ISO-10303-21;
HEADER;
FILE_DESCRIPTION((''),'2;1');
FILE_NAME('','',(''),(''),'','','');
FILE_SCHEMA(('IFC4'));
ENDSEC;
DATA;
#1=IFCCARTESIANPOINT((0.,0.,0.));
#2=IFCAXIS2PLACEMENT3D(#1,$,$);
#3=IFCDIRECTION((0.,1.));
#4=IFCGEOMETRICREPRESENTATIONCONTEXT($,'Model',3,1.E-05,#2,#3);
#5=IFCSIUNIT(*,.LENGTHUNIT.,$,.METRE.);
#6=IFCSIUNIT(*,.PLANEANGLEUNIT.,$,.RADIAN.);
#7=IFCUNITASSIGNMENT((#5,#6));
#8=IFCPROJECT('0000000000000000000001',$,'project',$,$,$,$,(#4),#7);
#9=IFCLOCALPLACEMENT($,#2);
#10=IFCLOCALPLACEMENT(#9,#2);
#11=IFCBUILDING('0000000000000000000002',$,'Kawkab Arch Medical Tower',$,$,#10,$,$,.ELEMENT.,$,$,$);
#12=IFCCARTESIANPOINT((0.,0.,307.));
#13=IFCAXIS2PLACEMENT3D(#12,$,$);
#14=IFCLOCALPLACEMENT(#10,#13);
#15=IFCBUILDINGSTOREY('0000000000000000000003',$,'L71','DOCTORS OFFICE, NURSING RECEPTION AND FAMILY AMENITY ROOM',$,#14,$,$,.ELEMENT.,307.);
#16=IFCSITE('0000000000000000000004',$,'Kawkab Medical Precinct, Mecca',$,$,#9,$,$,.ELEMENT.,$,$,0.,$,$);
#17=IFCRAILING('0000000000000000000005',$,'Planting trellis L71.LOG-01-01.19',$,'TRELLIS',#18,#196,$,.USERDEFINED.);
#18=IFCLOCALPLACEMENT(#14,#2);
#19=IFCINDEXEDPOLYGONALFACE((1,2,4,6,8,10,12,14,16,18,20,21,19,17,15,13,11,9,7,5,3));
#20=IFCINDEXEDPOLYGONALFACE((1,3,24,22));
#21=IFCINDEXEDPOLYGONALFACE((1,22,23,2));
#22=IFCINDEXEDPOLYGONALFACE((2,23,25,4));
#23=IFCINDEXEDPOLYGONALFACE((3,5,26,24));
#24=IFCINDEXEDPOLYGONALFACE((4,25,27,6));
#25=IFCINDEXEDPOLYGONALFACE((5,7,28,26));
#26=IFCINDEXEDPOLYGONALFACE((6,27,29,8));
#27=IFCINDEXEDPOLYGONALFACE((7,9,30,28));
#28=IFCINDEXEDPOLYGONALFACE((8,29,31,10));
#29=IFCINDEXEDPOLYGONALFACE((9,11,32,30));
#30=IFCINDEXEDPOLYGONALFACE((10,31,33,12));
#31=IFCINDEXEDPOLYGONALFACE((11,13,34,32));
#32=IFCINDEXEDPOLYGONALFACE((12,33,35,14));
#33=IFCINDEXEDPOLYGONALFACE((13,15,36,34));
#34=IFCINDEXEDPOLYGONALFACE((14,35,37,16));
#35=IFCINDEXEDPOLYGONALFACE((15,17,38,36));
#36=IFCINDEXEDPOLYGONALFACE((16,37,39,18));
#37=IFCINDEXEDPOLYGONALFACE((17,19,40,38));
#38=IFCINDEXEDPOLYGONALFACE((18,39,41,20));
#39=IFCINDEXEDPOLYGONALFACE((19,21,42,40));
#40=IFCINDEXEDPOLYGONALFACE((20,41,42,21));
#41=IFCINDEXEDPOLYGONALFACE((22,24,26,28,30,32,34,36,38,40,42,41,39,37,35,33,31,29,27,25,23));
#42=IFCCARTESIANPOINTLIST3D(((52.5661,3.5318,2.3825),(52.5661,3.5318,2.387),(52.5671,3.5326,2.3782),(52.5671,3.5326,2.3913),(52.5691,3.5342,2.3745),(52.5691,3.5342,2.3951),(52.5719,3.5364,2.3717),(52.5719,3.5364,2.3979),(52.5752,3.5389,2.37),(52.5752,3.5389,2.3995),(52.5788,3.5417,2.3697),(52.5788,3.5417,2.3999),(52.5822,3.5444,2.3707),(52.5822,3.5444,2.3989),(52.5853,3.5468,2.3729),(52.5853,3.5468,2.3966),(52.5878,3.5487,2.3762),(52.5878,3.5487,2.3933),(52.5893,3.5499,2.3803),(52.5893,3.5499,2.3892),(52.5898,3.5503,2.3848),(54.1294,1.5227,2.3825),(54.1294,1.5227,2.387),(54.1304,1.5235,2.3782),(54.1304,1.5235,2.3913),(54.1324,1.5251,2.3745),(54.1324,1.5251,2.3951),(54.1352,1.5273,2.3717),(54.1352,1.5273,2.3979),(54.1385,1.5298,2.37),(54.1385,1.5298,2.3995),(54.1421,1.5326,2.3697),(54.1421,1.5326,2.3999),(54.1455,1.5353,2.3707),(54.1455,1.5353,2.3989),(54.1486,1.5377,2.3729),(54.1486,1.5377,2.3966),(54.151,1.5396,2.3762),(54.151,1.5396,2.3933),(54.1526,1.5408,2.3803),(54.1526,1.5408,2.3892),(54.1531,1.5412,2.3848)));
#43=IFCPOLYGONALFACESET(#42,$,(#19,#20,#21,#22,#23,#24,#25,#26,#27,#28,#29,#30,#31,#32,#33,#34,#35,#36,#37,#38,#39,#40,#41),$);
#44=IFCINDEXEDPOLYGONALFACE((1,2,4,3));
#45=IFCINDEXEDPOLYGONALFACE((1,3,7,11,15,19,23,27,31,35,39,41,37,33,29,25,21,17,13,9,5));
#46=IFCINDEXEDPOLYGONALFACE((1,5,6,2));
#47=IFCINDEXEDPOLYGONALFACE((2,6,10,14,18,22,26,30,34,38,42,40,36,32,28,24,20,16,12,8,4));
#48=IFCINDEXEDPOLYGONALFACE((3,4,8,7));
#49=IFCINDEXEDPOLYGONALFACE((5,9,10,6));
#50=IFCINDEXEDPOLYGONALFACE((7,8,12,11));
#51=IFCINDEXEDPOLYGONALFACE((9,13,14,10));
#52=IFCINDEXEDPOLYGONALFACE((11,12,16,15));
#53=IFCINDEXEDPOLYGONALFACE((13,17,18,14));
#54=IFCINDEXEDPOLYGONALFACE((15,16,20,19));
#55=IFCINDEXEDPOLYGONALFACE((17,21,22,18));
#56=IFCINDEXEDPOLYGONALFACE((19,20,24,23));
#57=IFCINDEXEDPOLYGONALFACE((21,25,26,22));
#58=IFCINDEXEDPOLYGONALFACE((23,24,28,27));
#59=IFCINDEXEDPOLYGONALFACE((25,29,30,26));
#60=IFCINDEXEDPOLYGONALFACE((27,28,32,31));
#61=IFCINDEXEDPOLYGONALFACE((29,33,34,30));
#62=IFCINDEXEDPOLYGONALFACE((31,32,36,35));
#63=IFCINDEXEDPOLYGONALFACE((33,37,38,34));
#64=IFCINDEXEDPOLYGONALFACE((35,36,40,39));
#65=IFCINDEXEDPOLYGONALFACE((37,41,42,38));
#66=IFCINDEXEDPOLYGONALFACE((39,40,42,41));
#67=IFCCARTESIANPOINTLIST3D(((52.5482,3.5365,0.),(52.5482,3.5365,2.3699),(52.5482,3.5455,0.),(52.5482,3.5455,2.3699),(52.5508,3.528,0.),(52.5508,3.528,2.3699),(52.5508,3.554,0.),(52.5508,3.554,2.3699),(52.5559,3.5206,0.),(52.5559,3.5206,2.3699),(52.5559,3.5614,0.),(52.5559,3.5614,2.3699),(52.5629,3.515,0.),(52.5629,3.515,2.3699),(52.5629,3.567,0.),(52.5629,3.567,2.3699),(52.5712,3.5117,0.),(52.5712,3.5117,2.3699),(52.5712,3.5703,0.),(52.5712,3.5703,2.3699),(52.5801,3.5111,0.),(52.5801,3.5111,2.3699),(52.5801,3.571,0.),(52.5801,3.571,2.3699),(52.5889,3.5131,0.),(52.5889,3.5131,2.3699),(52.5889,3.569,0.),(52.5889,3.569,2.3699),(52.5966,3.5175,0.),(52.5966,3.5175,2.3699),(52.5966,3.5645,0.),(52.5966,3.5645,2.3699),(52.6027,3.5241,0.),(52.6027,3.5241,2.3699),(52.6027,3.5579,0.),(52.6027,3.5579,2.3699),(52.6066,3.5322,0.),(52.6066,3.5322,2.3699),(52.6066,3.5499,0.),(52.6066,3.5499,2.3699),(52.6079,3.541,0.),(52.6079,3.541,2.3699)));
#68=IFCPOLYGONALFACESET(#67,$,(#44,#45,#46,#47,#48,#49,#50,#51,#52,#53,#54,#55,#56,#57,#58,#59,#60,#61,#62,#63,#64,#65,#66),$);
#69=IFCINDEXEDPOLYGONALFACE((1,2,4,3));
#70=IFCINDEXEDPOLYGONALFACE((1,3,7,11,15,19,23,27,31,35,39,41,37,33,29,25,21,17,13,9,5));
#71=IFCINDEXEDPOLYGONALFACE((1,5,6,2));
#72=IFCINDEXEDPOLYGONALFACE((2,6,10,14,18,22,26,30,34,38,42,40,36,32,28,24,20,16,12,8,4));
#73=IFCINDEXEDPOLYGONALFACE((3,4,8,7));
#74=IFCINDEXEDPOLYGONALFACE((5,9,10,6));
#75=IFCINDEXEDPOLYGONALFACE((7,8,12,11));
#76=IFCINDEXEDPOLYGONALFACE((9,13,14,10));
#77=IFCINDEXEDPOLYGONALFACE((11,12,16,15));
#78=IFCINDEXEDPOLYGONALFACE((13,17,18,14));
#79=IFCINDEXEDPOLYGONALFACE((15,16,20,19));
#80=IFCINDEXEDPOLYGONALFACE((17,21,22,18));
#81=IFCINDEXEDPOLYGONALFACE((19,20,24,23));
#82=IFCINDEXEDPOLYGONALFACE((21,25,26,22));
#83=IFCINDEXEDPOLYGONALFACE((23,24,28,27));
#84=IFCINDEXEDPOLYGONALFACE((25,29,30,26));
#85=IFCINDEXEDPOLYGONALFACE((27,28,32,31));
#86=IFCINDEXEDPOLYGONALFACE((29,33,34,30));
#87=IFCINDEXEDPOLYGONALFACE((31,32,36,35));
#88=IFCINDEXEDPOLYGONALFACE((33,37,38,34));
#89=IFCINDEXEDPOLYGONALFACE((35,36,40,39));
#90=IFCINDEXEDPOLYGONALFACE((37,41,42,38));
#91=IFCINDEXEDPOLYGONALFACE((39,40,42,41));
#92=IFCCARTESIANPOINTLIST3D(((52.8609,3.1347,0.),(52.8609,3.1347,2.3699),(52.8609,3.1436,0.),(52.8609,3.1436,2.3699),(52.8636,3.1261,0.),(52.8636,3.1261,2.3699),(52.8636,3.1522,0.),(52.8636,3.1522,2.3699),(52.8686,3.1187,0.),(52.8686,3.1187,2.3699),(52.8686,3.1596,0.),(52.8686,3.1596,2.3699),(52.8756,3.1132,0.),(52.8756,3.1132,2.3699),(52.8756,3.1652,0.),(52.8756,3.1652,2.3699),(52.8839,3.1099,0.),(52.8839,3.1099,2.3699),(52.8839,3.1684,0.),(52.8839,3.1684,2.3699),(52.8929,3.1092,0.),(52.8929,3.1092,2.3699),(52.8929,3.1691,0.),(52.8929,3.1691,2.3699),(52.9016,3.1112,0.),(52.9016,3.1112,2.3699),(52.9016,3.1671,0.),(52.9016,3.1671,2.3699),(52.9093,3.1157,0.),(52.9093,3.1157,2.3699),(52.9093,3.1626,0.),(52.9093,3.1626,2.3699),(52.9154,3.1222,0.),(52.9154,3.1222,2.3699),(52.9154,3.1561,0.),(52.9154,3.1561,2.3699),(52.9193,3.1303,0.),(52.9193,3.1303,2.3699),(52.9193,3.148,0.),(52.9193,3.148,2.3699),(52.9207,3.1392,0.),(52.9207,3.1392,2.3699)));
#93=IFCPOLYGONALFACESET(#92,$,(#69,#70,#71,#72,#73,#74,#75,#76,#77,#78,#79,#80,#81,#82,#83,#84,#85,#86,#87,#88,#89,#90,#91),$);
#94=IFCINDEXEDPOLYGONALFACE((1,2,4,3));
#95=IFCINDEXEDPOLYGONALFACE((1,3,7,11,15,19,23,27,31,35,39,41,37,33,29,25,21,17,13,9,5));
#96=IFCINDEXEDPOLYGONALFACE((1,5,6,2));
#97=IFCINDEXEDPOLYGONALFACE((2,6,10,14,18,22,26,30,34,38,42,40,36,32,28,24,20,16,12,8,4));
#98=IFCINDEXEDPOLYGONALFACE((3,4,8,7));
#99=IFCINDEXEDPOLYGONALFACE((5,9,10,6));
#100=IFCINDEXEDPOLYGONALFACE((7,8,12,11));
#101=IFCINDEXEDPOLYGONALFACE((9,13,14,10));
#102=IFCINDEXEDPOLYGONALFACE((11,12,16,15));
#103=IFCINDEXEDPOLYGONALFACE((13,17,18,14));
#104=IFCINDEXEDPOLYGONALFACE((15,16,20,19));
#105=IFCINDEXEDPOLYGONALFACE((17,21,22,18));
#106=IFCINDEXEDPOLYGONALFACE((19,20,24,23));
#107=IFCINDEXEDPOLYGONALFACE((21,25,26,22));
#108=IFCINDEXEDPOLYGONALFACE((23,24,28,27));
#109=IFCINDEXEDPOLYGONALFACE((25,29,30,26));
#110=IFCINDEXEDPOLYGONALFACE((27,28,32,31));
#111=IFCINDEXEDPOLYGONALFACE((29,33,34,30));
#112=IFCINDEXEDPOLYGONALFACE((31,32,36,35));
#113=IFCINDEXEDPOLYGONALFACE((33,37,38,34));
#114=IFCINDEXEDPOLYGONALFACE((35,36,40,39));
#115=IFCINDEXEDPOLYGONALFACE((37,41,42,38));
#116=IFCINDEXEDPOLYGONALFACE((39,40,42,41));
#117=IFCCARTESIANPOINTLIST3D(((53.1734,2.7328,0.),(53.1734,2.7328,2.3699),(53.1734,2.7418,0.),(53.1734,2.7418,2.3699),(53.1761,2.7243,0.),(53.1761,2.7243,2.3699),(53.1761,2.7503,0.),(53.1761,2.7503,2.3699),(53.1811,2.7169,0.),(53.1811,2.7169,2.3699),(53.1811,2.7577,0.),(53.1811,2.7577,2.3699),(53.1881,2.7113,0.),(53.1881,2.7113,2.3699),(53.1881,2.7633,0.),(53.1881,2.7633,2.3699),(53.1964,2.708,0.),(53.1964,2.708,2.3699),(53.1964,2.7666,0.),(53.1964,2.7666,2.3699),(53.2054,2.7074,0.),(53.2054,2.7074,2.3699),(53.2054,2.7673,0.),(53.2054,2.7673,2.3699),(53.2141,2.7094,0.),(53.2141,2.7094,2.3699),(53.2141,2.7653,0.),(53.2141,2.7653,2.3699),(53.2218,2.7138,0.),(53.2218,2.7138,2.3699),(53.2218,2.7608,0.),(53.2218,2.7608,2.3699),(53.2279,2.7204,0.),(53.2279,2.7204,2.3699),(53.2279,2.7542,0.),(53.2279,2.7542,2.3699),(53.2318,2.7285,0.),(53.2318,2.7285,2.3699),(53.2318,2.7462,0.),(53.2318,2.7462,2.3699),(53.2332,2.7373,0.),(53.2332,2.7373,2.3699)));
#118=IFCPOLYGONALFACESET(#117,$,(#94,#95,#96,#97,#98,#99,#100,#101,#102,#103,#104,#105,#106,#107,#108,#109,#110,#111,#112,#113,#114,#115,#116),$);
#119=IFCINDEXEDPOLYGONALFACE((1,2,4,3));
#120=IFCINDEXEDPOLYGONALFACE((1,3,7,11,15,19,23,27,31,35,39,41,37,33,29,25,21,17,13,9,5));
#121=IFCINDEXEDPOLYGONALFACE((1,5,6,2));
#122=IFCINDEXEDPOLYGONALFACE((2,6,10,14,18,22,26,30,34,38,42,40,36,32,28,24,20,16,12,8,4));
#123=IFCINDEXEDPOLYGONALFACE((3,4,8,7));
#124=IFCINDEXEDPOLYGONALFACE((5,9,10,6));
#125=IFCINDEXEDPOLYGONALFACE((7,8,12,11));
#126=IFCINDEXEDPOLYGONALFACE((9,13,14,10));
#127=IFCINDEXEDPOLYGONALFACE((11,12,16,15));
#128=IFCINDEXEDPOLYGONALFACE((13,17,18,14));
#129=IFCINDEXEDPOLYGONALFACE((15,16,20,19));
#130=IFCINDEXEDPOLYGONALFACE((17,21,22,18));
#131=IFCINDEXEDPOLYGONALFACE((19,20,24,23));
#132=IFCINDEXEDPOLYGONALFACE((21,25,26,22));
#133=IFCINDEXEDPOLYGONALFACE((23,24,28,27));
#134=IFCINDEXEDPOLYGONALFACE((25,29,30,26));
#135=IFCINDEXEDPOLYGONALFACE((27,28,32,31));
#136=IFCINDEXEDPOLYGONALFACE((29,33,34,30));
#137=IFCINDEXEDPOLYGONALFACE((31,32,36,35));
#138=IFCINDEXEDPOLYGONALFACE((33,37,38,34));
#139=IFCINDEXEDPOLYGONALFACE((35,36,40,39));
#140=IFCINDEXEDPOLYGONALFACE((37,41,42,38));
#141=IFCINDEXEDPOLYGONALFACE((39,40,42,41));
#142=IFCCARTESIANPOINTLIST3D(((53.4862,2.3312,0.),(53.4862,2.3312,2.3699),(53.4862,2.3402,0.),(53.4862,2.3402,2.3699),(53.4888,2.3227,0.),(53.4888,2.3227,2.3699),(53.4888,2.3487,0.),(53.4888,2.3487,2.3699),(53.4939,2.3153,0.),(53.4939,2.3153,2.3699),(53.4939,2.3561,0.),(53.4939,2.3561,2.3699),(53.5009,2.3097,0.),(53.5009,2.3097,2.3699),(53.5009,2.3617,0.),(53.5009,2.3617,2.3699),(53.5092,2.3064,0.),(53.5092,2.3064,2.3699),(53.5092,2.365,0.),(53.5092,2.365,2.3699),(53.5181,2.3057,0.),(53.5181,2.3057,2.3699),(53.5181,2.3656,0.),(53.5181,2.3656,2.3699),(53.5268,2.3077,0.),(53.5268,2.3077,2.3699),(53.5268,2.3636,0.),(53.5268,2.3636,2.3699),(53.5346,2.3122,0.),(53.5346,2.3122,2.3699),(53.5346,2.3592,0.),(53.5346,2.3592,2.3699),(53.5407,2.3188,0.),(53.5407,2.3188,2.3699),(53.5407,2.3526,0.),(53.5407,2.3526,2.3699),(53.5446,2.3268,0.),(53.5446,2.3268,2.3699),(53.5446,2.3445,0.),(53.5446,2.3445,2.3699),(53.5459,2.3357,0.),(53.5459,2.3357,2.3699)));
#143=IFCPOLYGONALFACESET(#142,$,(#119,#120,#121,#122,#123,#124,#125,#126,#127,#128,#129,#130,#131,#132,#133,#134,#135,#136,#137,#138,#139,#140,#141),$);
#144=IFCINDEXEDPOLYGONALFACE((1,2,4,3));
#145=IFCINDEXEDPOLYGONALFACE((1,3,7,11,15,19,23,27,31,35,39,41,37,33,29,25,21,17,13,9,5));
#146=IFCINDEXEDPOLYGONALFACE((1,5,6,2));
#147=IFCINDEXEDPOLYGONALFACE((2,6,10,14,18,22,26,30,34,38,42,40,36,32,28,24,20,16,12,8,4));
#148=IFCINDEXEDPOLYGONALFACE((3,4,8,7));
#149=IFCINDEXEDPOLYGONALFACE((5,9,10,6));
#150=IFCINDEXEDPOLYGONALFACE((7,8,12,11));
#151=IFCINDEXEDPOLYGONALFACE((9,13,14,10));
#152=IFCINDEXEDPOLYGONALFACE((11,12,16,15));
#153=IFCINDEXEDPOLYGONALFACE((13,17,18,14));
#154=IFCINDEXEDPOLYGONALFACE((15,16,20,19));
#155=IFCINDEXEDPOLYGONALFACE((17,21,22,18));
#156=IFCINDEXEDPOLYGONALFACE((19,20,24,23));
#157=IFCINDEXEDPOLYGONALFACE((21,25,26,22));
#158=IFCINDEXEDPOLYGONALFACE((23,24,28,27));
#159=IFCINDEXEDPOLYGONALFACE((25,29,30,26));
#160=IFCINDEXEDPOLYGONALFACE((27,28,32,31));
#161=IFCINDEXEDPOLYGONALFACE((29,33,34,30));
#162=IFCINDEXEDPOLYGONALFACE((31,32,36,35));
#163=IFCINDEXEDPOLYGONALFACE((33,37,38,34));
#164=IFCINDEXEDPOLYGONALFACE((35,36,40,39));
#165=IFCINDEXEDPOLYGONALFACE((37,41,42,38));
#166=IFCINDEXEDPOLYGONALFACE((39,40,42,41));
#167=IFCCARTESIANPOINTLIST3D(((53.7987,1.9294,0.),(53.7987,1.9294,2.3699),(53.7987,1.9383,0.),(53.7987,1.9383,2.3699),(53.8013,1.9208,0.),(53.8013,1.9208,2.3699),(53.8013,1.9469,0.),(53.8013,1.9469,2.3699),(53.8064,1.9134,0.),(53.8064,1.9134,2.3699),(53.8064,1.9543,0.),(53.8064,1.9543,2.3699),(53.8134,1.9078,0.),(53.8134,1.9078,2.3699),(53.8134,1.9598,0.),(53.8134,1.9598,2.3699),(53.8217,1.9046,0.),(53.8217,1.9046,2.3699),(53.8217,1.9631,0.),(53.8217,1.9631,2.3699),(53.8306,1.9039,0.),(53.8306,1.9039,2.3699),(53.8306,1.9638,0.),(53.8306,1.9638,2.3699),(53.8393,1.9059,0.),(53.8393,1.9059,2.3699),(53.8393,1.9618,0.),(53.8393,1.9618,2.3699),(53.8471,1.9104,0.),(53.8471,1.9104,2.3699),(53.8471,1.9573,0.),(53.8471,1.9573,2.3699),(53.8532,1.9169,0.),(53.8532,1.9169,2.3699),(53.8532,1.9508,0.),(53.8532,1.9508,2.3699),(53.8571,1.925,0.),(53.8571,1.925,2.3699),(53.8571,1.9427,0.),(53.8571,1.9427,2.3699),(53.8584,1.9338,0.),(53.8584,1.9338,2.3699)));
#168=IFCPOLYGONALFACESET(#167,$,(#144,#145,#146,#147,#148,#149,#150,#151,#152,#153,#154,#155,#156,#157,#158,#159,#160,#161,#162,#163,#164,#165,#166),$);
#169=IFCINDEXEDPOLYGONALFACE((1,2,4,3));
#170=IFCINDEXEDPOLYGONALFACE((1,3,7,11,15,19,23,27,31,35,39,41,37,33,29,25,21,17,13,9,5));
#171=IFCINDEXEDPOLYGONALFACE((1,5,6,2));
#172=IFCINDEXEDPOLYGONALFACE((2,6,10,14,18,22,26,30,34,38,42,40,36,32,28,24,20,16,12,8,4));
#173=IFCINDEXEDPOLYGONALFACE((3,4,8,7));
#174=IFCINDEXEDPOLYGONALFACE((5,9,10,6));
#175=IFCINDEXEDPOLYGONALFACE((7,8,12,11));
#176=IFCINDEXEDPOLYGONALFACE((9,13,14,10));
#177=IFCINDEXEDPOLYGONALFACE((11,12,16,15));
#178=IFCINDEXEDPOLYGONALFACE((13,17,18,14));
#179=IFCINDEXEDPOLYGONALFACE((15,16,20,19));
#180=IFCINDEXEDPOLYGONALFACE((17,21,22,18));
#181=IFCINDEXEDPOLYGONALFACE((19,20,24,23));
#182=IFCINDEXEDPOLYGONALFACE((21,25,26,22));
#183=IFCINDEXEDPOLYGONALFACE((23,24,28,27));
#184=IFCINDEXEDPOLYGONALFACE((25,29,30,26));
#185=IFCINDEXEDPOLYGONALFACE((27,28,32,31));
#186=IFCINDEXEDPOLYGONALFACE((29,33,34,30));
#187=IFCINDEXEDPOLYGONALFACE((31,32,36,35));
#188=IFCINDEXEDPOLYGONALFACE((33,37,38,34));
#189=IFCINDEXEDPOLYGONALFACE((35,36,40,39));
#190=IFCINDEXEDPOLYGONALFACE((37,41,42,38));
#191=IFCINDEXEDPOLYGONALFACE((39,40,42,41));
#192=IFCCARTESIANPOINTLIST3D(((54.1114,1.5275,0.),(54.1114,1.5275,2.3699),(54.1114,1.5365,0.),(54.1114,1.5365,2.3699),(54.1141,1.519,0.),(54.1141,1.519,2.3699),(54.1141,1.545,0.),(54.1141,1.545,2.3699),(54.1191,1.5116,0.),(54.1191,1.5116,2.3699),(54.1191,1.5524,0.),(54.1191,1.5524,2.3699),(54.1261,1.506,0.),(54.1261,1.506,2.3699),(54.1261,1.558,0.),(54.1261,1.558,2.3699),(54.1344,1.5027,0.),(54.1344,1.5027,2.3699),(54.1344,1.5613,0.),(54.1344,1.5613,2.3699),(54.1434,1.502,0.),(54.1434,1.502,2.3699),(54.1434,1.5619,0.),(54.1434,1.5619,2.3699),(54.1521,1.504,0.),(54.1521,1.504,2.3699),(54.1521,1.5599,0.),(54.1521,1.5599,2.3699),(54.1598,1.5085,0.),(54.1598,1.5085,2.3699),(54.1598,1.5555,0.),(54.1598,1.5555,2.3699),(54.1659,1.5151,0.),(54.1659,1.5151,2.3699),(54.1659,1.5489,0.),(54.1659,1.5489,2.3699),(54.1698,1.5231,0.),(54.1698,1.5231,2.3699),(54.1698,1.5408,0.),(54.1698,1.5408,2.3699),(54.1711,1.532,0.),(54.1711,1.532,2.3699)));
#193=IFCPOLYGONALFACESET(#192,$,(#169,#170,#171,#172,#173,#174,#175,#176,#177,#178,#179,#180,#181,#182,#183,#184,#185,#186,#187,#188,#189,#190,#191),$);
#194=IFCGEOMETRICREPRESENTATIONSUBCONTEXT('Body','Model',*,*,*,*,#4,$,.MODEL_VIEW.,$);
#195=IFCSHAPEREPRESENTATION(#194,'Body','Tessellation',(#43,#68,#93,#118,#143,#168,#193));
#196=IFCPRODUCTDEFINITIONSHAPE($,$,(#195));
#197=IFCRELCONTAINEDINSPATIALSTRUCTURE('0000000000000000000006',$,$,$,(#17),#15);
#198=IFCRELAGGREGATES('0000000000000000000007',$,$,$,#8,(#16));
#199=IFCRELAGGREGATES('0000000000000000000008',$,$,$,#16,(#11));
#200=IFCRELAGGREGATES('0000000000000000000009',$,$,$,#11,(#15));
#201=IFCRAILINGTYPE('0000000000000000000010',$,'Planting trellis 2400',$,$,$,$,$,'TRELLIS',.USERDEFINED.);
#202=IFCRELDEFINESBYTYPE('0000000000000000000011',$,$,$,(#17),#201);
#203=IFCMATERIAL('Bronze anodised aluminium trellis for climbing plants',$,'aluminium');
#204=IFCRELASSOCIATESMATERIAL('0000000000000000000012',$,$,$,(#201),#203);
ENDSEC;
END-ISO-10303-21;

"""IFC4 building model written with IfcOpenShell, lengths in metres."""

from ifc_helpers import new_model, si_unit, direction, frame, origin, origin_2d, place, context, subcontext, project, spatial, circle, extrude, material, type_object, element, save


model = new_model("IFC4")

# Units and contexts
model_context = context("Model", 3, precision=1e-05, world=origin(), true_north=direction((0.0, 1.0)))
body_context = subcontext(model_context, "Body", "Model", "MODEL_VIEW")
ifc_project = project(units=[si_unit("LENGTHUNIT", "METRE"), si_unit("PLANEANGLEUNIT", "RADIAN")], contexts=[model_context])

# Site, building, storey
site_placement = place(None, origin())
site = spatial("IfcSite", under=ifc_project, at=site_placement, Name="Kawkab Medical Precinct, Mecca", CompositionType="ELEMENT", RefElevation=0.0)
building_placement = place(site_placement, origin())
building = spatial("IfcBuilding", under=site, at=building_placement, Name="Kawkab Arch Medical Tower", CompositionType="ELEMENT")
storey_placement = place(building_placement, frame((0.0, 0.0, 307.0)))
storey = spatial("IfcBuildingStorey", under=building, at=storey_placement, Name="L71", Description="DOCTORS OFFICE, NURSING RECEPTION AND FAMILY AMENITY ROOM", CompositionType="ELEMENT", Elevation=307.0)

# Railing
ifc_material_1 = material(Name="Bronze anodised aluminium trellis for climbing plants", Category="aluminium")
railing_type = type_object("IfcRailingType", Name="Planting trellis 2400", ElementType="TRELLIS", PredefinedType="USERDEFINED", material=ifc_material_1)
railing_1_placement = place(storey_placement, frame((52.5779, 3.541, 0.0)))
element("IfcRailing", 1, at=railing_1_placement, inside=storey, type_object=railing_type, Name="Planting trellis L71.LOG-01-01.19", ObjectType="TRELLIS", PredefinedType="USERDEFINED", context=body_context, shape_type="SweptSolid", body=[
    extrude(circle(Radius=0.0151, at=origin_2d()), frame((0.0, 0.0, 2.3848), z_axis=(0.6141, -0.789228, 0.0), x_axis=(0.789228, 0.6141, 0.0)), (0.0, 0.0, 1.0), 2.5457),
    extrude(circle(Radius=0.03, at=origin_2d()), origin(), (0.0, 0.0, 1.0), 2.3699),
    extrude(circle(Radius=0.03, at=origin_2d()), frame((0.3127, -0.4019, 0.0)), (0.0, 0.0, 1.0), 2.3699),
    extrude(circle(Radius=0.03, at=origin_2d()), frame((0.6252, -0.8037, 0.0)), (0.0, 0.0, 1.0), 2.3699),
    extrude(circle(Radius=0.03, at=origin_2d()), frame((0.938, -1.2053, 0.0)), (0.0, 0.0, 1.0), 2.3699),
    extrude(circle(Radius=0.03, at=origin_2d()), frame((1.2505, -1.6072, 0.0)), (0.0, 0.0, 1.0), 2.3699),
    extrude(circle(Radius=0.03, at=origin_2d()), frame((1.5632, -2.009, 0.0)), (0.0, 0.0, 1.0), 2.3699),
])

save(model, "model.ifc")
